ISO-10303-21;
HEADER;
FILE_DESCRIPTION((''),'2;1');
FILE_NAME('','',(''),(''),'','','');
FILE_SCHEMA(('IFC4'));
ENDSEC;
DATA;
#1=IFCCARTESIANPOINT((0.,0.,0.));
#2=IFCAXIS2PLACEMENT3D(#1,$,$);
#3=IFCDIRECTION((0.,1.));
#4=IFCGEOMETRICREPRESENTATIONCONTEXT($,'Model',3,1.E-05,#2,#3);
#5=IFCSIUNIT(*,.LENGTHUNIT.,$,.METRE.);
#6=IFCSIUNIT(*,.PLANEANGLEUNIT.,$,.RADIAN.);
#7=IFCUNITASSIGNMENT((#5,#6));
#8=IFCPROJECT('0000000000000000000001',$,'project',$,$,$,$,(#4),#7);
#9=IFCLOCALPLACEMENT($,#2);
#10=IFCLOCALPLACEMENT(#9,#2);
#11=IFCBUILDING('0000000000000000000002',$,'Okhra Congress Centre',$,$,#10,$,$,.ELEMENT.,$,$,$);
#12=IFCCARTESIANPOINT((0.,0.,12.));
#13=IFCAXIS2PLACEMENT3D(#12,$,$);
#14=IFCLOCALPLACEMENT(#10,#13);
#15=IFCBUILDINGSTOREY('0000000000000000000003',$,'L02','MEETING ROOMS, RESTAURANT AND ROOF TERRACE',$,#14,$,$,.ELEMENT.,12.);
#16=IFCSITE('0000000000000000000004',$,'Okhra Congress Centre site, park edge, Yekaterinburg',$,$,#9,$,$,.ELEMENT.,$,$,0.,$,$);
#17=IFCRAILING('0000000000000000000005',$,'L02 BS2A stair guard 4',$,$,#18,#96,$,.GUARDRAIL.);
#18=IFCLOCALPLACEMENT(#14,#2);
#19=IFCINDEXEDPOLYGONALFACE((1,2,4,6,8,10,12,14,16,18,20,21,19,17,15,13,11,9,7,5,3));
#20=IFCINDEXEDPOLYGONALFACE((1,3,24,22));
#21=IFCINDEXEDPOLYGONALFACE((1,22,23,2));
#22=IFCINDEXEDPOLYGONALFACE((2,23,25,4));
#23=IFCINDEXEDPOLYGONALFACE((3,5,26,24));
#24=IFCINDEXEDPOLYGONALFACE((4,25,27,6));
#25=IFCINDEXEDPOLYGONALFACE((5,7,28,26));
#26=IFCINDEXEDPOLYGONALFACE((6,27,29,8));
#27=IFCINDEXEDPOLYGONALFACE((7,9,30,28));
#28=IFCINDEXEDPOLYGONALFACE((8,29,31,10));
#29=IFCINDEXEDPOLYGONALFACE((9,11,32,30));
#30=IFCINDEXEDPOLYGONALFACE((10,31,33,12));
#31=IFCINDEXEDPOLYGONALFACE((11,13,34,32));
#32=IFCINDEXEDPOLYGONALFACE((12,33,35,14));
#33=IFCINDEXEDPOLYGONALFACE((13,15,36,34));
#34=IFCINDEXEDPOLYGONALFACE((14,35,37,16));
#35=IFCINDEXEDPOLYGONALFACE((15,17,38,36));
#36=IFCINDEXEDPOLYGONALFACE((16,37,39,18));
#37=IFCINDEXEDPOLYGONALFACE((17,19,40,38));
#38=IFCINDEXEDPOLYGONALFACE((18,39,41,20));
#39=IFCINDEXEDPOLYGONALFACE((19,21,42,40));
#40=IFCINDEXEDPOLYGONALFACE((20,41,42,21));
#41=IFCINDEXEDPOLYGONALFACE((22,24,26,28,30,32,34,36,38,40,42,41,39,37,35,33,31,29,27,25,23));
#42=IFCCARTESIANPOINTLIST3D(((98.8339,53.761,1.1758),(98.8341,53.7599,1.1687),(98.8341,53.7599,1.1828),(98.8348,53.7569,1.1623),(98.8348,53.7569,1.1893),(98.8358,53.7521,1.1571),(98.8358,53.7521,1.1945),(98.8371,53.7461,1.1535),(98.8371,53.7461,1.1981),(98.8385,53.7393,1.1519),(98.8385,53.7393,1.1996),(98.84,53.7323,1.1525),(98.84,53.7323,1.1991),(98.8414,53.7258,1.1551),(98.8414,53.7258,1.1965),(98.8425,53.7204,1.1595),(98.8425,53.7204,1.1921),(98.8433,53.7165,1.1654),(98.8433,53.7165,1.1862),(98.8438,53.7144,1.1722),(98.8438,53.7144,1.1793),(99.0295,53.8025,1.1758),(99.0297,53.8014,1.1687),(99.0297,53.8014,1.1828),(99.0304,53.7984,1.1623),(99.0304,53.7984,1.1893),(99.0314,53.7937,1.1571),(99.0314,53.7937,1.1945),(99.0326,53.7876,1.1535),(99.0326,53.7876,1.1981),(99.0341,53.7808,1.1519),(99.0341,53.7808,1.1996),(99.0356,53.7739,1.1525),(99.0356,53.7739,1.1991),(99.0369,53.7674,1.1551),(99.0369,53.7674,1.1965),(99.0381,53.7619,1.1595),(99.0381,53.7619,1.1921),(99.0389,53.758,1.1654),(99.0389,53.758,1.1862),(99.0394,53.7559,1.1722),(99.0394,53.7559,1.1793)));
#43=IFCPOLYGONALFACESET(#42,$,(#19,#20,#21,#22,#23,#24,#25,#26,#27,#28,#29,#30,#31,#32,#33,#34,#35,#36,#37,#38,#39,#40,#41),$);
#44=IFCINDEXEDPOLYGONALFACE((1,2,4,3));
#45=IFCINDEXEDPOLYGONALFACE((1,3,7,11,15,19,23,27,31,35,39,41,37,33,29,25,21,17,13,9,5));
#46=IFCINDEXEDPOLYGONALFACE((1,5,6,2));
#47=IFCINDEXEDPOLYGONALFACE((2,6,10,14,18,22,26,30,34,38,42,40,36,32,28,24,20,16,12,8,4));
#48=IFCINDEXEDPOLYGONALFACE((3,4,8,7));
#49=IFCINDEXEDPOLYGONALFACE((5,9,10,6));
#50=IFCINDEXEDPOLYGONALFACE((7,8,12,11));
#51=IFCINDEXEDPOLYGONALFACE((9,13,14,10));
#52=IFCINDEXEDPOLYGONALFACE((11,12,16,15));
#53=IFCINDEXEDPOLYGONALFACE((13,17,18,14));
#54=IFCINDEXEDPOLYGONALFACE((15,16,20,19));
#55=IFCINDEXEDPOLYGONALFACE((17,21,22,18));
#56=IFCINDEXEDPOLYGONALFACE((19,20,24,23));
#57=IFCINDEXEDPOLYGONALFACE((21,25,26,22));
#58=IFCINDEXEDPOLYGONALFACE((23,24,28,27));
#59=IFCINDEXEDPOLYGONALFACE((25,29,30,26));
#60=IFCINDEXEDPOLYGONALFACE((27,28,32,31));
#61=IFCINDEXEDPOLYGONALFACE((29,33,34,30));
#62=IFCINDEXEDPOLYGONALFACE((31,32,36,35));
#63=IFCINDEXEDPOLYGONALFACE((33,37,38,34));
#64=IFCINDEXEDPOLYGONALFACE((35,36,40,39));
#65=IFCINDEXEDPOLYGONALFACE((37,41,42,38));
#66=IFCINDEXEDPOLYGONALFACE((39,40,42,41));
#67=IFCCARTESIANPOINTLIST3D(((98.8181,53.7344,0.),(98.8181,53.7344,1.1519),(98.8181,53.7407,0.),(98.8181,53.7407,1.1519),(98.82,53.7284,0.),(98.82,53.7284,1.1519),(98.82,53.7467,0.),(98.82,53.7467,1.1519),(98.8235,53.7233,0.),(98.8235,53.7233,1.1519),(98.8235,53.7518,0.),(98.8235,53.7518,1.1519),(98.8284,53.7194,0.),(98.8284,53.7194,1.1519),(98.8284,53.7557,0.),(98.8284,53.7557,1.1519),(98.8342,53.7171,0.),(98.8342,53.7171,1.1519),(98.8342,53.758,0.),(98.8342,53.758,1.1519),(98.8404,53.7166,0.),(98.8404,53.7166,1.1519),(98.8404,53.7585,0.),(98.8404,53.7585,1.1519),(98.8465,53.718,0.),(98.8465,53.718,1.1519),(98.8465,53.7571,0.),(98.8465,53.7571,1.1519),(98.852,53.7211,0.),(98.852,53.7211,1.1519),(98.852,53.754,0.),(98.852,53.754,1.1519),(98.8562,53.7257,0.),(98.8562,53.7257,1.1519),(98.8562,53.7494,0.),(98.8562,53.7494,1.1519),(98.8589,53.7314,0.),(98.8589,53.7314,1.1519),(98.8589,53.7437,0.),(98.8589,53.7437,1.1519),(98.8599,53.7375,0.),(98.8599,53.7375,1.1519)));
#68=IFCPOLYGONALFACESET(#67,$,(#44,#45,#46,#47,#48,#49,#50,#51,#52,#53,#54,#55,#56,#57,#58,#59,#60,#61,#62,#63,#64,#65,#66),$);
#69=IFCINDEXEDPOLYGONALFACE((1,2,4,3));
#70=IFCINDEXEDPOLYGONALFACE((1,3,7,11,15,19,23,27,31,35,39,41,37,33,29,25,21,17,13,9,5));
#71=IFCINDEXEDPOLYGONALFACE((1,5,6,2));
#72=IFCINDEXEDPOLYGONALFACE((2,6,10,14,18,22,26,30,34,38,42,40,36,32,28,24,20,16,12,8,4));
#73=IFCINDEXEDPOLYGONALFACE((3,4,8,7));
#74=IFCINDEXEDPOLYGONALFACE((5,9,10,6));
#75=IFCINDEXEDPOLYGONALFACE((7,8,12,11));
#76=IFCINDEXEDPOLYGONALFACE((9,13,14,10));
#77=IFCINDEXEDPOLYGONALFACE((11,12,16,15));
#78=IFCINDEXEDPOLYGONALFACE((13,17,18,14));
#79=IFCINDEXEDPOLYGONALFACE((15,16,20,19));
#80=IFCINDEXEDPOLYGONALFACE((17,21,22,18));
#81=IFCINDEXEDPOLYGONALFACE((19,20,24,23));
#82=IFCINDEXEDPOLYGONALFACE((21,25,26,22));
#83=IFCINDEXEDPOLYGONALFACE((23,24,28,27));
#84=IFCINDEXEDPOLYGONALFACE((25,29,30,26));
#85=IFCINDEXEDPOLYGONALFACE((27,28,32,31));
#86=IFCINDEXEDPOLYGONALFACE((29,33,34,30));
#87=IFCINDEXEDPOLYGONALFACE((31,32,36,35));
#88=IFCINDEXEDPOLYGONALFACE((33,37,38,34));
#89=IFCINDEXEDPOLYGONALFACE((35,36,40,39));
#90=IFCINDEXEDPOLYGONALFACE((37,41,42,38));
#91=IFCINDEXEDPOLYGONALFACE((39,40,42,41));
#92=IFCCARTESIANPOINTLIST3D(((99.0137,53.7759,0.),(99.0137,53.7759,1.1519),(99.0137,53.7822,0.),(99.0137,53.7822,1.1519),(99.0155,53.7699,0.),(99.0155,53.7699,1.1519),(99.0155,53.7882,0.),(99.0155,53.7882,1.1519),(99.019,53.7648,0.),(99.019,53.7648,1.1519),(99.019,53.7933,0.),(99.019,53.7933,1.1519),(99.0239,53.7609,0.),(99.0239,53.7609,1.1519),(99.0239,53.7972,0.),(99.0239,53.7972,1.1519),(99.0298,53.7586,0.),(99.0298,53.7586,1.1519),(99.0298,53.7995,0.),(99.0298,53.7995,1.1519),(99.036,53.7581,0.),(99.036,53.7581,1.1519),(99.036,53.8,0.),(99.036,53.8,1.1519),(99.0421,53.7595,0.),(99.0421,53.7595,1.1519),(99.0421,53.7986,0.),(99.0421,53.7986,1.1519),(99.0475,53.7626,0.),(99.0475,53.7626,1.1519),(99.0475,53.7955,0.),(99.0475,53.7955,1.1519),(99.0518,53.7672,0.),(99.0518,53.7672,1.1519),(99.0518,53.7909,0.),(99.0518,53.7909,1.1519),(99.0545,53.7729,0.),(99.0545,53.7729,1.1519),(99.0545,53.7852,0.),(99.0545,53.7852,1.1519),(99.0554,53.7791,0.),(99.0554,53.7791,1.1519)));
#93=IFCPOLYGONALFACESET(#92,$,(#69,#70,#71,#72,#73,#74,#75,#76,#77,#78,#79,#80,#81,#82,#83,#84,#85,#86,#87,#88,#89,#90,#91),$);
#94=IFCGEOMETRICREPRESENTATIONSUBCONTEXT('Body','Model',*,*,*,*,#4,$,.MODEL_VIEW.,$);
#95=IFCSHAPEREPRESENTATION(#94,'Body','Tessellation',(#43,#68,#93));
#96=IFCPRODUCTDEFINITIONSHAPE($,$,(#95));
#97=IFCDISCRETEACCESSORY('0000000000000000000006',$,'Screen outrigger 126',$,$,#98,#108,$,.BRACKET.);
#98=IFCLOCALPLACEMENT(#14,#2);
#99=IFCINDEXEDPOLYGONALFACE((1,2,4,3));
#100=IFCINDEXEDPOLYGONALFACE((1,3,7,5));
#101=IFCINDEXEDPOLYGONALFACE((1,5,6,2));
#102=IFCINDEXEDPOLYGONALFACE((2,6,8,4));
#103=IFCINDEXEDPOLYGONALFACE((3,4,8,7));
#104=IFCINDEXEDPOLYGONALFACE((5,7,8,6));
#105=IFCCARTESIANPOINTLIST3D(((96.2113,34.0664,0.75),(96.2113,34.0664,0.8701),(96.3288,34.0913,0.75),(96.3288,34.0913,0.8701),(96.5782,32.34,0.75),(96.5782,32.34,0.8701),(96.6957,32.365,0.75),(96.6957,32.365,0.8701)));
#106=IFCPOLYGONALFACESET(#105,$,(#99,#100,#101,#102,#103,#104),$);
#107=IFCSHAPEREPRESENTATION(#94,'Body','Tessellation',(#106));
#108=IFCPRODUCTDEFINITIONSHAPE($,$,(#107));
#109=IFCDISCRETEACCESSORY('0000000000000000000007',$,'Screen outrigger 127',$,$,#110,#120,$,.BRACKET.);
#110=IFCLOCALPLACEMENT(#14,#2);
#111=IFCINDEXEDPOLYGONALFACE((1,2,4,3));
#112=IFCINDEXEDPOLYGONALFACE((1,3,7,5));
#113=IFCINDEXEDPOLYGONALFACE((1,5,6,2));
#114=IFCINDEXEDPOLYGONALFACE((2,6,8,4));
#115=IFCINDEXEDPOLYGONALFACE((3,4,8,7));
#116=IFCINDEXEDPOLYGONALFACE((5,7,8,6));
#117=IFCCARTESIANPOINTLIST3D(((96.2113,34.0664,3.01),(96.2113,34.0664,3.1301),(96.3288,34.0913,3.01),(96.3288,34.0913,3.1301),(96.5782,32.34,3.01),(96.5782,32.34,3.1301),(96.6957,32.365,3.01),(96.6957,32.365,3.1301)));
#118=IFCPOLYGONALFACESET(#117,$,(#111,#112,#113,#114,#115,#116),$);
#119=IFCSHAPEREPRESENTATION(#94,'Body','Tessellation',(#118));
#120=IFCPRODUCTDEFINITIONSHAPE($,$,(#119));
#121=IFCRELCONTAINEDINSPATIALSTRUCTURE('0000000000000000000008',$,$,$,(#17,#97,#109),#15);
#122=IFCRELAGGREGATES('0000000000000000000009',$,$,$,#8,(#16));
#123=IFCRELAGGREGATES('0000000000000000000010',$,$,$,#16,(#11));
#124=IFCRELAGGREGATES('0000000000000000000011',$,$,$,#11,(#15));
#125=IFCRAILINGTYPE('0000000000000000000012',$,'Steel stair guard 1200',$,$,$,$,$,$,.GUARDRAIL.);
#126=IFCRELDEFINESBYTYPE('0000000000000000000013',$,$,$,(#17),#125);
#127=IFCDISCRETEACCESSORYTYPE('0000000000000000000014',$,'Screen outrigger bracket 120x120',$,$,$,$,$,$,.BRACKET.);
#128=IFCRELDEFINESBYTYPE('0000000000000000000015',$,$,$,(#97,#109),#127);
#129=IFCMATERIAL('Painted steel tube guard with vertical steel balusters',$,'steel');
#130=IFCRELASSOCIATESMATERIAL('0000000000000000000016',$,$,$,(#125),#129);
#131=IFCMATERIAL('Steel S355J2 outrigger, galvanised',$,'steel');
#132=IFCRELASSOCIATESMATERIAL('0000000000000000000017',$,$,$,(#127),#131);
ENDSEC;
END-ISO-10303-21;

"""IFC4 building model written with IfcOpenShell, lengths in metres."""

from ifc_helpers import new_model, si_unit, direction, frame, origin, origin_2d, place, context, subcontext, project, spatial, rectangle, circle, extrude, material, material_profile, profile_set, type_object, element, save


model = new_model("IFC4")

# Units and contexts
model_context = context("Model", 3, precision=1e-05, world=origin(), true_north=direction((0.0, 1.0)))
body_context = subcontext(model_context, "Body", "Model", "MODEL_VIEW")
ifc_project = project(units=[si_unit("LENGTHUNIT", "METRE"), si_unit("PLANEANGLEUNIT", "RADIAN")], contexts=[model_context])

# Site, building, storey
site_placement = place(None, origin())
site = spatial("IfcSite", under=ifc_project, at=site_placement, Name="Okhra Congress Centre site, park edge, Yekaterinburg", CompositionType="ELEMENT", RefElevation=0.0)
building_placement = place(site_placement, origin())
building = spatial("IfcBuilding", under=site, at=building_placement, Name="Okhra Congress Centre", CompositionType="ELEMENT")
storey_placement = place(building_placement, frame((0.0, 0.0, 12.0)))
storey = spatial("IfcBuildingStorey", under=building, at=storey_placement, Name="L02", Description="MEETING ROOMS, RESTAURANT AND ROOF TERRACE", CompositionType="ELEMENT", Elevation=12.0)

# Railing
ifc_material_1 = material(Name="Painted steel tube guard with vertical steel balusters", Category="steel")
railing_type_1 = type_object("IfcRailingType", Name="Steel stair guard 1200", PredefinedType="GUARDRAIL", material=ifc_material_1)
railing_1_placement = place(storey_placement, frame((98.8389, 53.7375, 0.0)))
element("IfcRailing", 1, at=railing_1_placement, inside=storey, type_object=railing_type_1, Name="L02 BS2A stair guard 4", PredefinedType="GUARDRAIL", context=body_context, shape_type="SweptSolid", body=[
    extrude(circle(Radius=0.0239, at=origin_2d()), frame((0.0, 0.0, 1.1758), z_axis=(0.978212, 0.20761, 0.0), x_axis=(-0.20761, 0.978212, 0.0)), (0.0, 0.0, 1.0), 0.2),
    extrude(circle(Radius=0.021, at=origin_2d()), origin(), (0.0, 0.0, 1.0), 1.1519),
    extrude(circle(Radius=0.021, at=origin_2d()), frame((0.1956, 0.0415, 0.0)), (0.0, 0.0, 1.0), 1.1519),
])

# Discrete accessories
ifc_material_2 = material(Name="Steel S355J2 outrigger, galvanised", Category="steel")
ifc_material_profile_1 = material_profile(ifc_material_2, rectangle(XDim=0.1201, YDim=0.1201, at=origin_2d()), Name="Screen outrigger bracket 120x120")
ifc_profile_set_1 = profile_set([ifc_material_profile_1], Name="Steel S355J2 outrigger, galvanised")
discrete_accessory_type = type_object("IfcDiscreteAccessoryType", Name="Screen outrigger bracket 120x120", PredefinedType="BRACKET", material=ifc_profile_set_1)
for number, where, z_axis, x_axis, name in (
    (2, (96.27, 34.0789, 0.8101), (0.207913, -0.978147, 0.0), (0.978147, 0.207913, 0.0), "Screen outrigger 126"),
    (3, (96.27, 34.0789, 3.0701), (0.207913, -0.978147, 0.0), (0.978147, 0.207913, 0.0), "Screen outrigger 127"),
):
    element("IfcDiscreteAccessory", number, at=place(storey_placement, frame(where, z_axis=z_axis, x_axis=x_axis)), inside=storey, type_object=discrete_accessory_type, Name=name, PredefinedType="BRACKET", context=body_context, shape_type="SweptSolid", body=[
        extrude(rectangle(XDim=0.1201, YDim=0.1201, at=origin_2d()), origin(), (0.0, 0.0, 1.0), 1.7649),
    ])

save(model, "model.ifc")
